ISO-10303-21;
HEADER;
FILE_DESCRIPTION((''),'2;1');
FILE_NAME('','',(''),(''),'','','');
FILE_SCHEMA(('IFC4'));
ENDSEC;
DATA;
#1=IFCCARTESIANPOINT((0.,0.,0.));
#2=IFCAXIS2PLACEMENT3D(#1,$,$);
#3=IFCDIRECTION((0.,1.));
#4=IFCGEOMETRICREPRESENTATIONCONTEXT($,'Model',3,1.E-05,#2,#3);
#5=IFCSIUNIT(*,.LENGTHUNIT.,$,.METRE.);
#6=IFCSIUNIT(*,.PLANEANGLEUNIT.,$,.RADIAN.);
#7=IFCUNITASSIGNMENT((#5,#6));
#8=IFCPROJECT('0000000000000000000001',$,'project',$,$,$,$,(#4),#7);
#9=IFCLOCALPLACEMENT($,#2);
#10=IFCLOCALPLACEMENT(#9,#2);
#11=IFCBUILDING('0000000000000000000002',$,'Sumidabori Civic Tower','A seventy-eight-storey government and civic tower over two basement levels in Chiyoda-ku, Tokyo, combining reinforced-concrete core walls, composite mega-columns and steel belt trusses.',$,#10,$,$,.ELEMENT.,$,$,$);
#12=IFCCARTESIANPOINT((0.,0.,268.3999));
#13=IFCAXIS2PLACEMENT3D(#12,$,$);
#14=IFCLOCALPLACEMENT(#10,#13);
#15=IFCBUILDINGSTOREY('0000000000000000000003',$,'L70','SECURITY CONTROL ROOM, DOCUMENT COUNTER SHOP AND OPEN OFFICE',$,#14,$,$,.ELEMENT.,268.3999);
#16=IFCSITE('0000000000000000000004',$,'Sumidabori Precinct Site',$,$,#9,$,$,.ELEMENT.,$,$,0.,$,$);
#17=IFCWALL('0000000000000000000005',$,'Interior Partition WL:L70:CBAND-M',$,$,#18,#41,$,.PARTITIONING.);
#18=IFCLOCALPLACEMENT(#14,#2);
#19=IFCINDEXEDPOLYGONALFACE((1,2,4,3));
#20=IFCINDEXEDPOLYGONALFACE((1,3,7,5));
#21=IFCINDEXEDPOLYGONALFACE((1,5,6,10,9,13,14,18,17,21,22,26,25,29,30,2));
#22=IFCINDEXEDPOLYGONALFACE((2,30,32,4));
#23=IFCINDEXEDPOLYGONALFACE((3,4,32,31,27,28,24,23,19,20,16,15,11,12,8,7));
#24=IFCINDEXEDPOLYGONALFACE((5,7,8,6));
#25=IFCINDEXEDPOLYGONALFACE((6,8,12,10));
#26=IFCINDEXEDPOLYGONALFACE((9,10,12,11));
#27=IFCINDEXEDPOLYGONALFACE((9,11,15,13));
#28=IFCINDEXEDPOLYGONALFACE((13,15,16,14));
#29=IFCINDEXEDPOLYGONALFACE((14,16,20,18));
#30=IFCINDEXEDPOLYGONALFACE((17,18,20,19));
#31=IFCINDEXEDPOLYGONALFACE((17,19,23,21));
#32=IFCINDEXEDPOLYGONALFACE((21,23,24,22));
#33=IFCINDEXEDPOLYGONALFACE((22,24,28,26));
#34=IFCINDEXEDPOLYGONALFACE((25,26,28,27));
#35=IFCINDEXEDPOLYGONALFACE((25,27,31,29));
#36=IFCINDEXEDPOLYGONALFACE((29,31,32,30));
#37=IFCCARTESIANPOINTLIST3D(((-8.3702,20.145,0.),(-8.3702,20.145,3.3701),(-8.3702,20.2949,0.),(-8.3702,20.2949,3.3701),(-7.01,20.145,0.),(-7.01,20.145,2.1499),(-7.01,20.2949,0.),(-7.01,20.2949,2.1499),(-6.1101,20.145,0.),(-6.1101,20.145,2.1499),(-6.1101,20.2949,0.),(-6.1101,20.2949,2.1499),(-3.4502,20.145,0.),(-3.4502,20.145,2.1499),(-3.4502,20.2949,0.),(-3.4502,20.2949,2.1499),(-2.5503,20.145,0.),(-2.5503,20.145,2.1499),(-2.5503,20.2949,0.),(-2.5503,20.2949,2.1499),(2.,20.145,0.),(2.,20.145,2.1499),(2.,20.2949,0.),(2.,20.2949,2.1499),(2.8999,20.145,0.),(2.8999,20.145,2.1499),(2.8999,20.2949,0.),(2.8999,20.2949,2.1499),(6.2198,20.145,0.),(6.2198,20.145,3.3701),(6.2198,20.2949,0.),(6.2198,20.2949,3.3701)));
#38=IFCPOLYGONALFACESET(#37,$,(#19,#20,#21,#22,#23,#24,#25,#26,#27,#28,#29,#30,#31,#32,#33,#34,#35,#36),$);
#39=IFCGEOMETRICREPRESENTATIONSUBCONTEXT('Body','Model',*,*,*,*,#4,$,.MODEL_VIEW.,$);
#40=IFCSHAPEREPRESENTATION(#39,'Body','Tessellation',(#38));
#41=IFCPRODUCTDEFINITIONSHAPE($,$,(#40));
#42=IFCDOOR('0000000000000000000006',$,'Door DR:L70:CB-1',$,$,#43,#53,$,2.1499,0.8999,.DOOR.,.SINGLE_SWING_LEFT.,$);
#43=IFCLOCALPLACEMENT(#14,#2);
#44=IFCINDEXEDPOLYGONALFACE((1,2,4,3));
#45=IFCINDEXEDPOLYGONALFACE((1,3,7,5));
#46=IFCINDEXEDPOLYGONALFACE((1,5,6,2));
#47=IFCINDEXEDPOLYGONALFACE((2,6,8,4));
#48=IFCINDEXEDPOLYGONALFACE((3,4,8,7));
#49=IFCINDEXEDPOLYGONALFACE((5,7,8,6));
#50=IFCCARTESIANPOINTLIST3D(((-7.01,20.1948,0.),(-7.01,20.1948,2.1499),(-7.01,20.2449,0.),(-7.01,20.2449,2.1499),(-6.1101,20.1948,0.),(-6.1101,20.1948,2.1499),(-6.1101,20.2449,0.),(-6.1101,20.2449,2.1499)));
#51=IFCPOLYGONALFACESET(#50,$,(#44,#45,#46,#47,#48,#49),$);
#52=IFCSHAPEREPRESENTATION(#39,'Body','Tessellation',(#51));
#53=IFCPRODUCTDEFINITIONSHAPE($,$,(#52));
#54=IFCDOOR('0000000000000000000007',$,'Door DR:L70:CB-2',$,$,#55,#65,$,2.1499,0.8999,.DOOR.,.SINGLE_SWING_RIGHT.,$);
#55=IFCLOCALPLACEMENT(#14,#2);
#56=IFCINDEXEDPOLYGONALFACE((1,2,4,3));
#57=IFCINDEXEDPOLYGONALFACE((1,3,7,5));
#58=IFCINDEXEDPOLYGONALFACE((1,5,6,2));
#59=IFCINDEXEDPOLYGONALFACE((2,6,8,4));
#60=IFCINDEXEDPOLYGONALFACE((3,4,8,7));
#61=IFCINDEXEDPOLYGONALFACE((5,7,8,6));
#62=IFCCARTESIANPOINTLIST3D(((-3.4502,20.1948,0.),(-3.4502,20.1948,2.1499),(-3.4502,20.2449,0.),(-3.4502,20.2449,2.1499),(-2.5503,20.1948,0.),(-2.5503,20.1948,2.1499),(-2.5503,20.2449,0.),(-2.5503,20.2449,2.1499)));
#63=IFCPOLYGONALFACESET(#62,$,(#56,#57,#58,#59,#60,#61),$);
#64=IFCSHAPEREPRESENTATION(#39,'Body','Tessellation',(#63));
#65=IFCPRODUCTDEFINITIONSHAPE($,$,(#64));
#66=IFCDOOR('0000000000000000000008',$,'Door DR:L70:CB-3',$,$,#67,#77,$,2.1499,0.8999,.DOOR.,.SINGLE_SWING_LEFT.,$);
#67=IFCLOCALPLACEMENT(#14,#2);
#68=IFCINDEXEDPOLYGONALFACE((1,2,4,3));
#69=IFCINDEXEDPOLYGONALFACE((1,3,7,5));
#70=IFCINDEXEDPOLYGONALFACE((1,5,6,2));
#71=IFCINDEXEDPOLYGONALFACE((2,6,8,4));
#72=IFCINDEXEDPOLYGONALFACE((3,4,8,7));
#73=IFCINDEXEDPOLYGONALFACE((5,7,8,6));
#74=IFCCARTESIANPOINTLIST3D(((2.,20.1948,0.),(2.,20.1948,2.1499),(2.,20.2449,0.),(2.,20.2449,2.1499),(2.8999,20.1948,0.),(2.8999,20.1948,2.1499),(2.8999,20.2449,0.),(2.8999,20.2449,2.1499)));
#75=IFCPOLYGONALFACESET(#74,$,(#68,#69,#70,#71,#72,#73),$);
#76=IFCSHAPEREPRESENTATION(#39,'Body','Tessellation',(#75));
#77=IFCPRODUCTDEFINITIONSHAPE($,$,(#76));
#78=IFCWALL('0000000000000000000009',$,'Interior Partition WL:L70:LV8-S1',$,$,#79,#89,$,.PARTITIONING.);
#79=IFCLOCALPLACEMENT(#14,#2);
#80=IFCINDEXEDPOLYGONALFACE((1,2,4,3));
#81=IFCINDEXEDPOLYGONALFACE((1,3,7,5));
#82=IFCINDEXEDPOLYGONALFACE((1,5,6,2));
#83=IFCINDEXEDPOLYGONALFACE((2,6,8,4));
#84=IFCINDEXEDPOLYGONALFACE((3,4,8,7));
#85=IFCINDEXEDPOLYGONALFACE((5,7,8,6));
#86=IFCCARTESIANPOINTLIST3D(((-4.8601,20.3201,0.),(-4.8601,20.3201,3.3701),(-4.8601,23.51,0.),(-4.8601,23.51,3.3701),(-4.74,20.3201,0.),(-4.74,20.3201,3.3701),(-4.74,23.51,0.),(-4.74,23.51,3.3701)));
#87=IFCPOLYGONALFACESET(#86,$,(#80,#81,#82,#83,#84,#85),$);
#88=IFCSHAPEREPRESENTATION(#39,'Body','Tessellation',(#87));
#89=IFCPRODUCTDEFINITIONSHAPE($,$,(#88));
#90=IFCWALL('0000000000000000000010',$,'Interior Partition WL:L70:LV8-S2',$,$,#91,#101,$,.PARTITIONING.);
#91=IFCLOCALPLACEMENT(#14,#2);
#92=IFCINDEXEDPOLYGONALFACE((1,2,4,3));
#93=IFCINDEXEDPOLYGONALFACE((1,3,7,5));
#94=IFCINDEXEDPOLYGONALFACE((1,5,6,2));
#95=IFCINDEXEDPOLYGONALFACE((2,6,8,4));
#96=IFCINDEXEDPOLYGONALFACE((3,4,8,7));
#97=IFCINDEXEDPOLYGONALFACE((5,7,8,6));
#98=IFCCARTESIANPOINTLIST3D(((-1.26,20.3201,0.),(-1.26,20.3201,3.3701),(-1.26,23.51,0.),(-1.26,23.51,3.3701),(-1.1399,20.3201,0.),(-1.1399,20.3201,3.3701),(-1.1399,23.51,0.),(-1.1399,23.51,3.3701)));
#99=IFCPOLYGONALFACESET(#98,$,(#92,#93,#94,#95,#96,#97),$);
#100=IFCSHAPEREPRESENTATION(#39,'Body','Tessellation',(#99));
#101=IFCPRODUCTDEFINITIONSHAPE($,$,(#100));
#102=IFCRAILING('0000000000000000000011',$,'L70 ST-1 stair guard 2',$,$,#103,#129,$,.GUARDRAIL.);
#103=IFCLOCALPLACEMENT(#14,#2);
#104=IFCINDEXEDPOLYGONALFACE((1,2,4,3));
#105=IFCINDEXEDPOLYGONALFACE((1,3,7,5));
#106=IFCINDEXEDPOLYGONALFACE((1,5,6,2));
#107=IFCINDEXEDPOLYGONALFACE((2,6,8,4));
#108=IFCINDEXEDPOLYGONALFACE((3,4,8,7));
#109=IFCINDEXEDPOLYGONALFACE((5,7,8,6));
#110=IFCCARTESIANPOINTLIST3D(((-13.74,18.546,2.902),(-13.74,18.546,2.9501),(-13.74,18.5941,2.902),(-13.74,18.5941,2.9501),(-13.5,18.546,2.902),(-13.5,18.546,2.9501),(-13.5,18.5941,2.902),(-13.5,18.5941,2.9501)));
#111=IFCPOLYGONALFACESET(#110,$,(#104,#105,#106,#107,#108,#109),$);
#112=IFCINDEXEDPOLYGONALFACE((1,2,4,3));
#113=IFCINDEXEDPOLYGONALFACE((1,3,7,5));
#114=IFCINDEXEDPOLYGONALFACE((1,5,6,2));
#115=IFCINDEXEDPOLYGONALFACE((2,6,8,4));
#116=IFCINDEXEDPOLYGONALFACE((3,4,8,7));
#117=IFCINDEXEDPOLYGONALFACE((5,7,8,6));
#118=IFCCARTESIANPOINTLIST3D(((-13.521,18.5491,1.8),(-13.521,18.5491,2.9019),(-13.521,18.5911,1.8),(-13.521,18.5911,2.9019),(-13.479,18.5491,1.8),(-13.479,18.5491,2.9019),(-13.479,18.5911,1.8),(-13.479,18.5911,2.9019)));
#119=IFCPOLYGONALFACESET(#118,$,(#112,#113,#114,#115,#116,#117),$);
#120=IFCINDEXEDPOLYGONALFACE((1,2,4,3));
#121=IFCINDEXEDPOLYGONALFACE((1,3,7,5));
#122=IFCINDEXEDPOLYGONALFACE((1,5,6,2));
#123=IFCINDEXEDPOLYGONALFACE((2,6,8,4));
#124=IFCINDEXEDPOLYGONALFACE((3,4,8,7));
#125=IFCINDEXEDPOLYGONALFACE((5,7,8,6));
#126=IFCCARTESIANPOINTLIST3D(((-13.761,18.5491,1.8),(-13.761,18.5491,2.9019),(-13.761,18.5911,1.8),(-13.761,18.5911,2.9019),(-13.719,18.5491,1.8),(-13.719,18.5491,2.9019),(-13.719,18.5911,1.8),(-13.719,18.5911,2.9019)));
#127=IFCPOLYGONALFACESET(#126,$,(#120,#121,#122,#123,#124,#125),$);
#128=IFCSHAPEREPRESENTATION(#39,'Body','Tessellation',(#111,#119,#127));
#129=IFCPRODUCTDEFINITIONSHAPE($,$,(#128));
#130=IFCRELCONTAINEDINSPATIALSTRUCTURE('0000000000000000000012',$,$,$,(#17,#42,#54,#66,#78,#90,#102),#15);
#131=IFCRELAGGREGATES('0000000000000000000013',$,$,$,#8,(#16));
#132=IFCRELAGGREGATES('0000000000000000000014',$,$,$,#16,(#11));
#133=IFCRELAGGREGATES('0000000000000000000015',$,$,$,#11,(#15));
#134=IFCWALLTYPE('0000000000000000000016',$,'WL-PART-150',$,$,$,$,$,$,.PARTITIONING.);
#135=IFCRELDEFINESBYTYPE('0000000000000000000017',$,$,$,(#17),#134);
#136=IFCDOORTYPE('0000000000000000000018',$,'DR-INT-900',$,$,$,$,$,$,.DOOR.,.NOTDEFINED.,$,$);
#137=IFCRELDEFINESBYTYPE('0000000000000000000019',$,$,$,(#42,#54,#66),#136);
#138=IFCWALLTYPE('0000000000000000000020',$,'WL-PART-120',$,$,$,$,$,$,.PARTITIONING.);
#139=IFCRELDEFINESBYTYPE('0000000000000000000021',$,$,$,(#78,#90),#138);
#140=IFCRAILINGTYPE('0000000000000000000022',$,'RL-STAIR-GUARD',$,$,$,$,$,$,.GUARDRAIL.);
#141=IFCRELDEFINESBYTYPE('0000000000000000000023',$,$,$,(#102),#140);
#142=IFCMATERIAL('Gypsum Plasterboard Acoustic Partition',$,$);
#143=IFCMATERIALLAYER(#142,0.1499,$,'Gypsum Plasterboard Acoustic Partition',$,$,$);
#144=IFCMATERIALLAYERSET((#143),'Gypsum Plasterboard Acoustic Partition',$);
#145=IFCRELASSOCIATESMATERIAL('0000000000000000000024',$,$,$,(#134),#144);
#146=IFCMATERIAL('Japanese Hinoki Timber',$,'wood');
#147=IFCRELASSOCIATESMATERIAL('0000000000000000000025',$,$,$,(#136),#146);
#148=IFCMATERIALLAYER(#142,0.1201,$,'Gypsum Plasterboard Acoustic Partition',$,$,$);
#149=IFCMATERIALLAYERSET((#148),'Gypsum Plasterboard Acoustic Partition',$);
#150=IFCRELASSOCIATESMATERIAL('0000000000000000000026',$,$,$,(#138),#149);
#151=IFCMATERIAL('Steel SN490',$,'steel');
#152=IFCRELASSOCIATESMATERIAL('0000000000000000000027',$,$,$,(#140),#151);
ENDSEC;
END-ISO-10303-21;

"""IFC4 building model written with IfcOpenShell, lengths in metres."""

from ifc_helpers import new_model, si_unit, direction, frame, frame_2d, origin, origin_2d, place, context, subcontext, project, spatial, rectangle, extrude, source, transform, mapped, material, layer, layer_set, type_object, element, fill, save


model = new_model("IFC4")

# Units and contexts
model_context = context("Model", 3, precision=1e-05, world=origin(), true_north=direction((0.0, 1.0)))
body_context = subcontext(model_context, "Body", "Model", "MODEL_VIEW")
ifc_project = project(units=[si_unit("LENGTHUNIT", "METRE"), si_unit("PLANEANGLEUNIT", "RADIAN")], contexts=[model_context])

# Site, building, storey
site_placement = place(None, origin())
site = spatial("IfcSite", under=ifc_project, at=site_placement, Name="Sumidabori Precinct Site", CompositionType="ELEMENT", RefElevation=0.0)
building_placement = place(site_placement, origin())
building = spatial("IfcBuilding", under=site, at=building_placement, Name="Sumidabori Civic Tower", Description="A seventy-eight-storey government and civic tower over two basement levels in Chiyoda-ku, Tokyo, combining reinforced-concrete core walls, composite mega-columns and steel belt trusses.", CompositionType="ELEMENT")
storey_placement = place(building_placement, frame((0.0, 0.0, 268.3999)))
storey = spatial("IfcBuildingStorey", under=building, at=storey_placement, Name="L70", Description="SECURITY CONTROL ROOM, DOCUMENT COUNTER SHOP AND OPEN OFFICE", CompositionType="ELEMENT", Elevation=268.3999)

# Shared definitions
ifc_material_1 = material(Name="Gypsum Plasterboard Acoustic Partition")
ifc_layer_1 = layer(ifc_material_1, 0.1499, Name="Gypsum Plasterboard Acoustic Partition")
ifc_layer_set_1 = layer_set([ifc_layer_1], Name="Gypsum Plasterboard Acoustic Partition")
wall_type_1 = type_object("IfcWallType", Name="WL-PART-150", PredefinedType="PARTITIONING", material=ifc_layer_set_1)

# Wall, openings, doors
shared_shape_1 = source(origin(), body_context, "Body", "SweptSolid", [
    extrude(rectangle(XDim=14.5901, YDim=0.1499, at=frame_2d((7.2949, 0.0))), origin(), (0.0, 0.0, 1.0), 3.3701),
])
wall_1_placement = place(storey_placement, frame((-8.3701, 20.22, 0.0), z_axis=(0.0, 0.0, 1.0), x_axis=(1.0, 0.0, 0.0)))
wall_1 = element("IfcWall", 1, at=wall_1_placement, inside=storey, type_object=wall_type_1, Name="Interior Partition WL:L70:CBAND-M", PredefinedType="PARTITIONING", context=body_context, shape_type="MappedRepresentation", body=[
    mapped(shared_shape_1, transform((0.0, 0.0, 0.0), x_axis=(1.0, 0.0, 0.0), y_axis=(0.0, 1.0, 0.0), z_axis=(0.0, 0.0, 1.0), scale=1.0)),
])
opening_1_placement = place(wall_1_placement, frame((1.3601, 0.0, 0.0)))
opening_1 = element("IfcOpeningElement", 2, at=opening_1_placement, cuts=wall_1, PredefinedType="OPENING", context=body_context, shape_type="SweptSolid", body=[
    extrude(rectangle(XDim=0.8999, YDim=2.1499, at=frame_2d((0.45, 1.075))), frame((0.0, 0.0869, 0.0), z_axis=(0.0, -1.0, 0.0), x_axis=(1.0, 0.0, 0.0)), (0.0, 0.0, 1.0), 0.1738),
])
opening_2_placement = place(wall_1_placement, frame((4.9199, 0.0, 0.0)))
opening_2 = element("IfcOpeningElement", 3, at=opening_2_placement, cuts=wall_1, PredefinedType="OPENING", context=body_context, shape_type="SweptSolid", body=[
    extrude(rectangle(XDim=0.8999, YDim=2.1499, at=frame_2d((0.45, 1.075))), frame((0.0, 0.0869, 0.0), z_axis=(0.0, -1.0, 0.0), x_axis=(1.0, 0.0, 0.0)), (0.0, 0.0, 1.0), 0.1738),
])
opening_3_placement = place(wall_1_placement, frame((10.3701, 0.0, 0.0)))
opening_3 = element("IfcOpeningElement", 4, at=opening_3_placement, cuts=wall_1, PredefinedType="OPENING", context=body_context, shape_type="SweptSolid", body=[
    extrude(rectangle(XDim=0.8999, YDim=2.1499, at=frame_2d((0.45, 1.075))), frame((0.0, 0.0869, 0.0), z_axis=(0.0, -1.0, 0.0), x_axis=(1.0, 0.0, 0.0)), (0.0, 0.0, 1.0), 0.1738),
])
ifc_material_2 = material(Name="Japanese Hinoki Timber", Category="wood")
door_type = type_object("IfcDoorType", Name="DR-INT-900", OperationType="NOTDEFINED", PredefinedType="DOOR", material=ifc_material_2)
shared_shape_2 = source(origin(), body_context, "Body", "SweptSolid", [
    extrude(rectangle(XDim=0.8999, YDim=2.1499, at=frame_2d((0.45, 1.075))), frame((0.0, 0.0249, 0.0), z_axis=(0.0, -1.0, 0.0), x_axis=(1.0, 0.0, 0.0)), (0.0, 0.0, 1.0), 0.05),
])
door_1_placement = place(opening_1_placement, origin())
door_1 = element("IfcDoor", 5, at=door_1_placement, inside=storey, type_object=door_type, Name="Door DR:L70:CB-1", OperationType="SINGLE_SWING_LEFT", OverallHeight=2.1499, OverallWidth=0.8999, PredefinedType="DOOR", context=body_context, shape_type="MappedRepresentation", body=[
    mapped(shared_shape_2, transform((0.0, 0.0, 0.0), x_axis=(1.0, 0.0, 0.0), y_axis=(0.0, 1.0, 0.0), z_axis=(0.0, 0.0, 1.0), scale=1.0)),
])
fill(opening_1, door_1)
door_2_placement = place(opening_2_placement, origin())
door_2 = element("IfcDoor", 6, at=door_2_placement, inside=storey, type_object=door_type, Name="Door DR:L70:CB-2", OperationType="SINGLE_SWING_RIGHT", OverallHeight=2.1499, OverallWidth=0.8999, PredefinedType="DOOR", context=body_context, shape_type="MappedRepresentation", body=[
    mapped(shared_shape_2, transform((0.0, 0.0, 0.0), x_axis=(1.0, 0.0, 0.0), y_axis=(0.0, 1.0, 0.0), z_axis=(0.0, 0.0, 1.0), scale=1.0)),
])
fill(opening_2, door_2)
door_3_placement = place(opening_3_placement, origin())
door_3 = element("IfcDoor", 7, at=door_3_placement, inside=storey, type_object=door_type, Name="Door DR:L70:CB-3", OperationType="SINGLE_SWING_LEFT", OverallHeight=2.1499, OverallWidth=0.8999, PredefinedType="DOOR", context=body_context, shape_type="MappedRepresentation", body=[
    mapped(shared_shape_2, transform((0.0, 0.0, 0.0), x_axis=(1.0, 0.0, 0.0), y_axis=(0.0, 1.0, 0.0), z_axis=(0.0, 0.0, 1.0), scale=1.0)),
])
fill(opening_3, door_3)

# Walls
ifc_layer_2 = layer(ifc_material_1, 0.1201, Name="Gypsum Plasterboard Acoustic Partition")
ifc_layer_set_2 = layer_set([ifc_layer_2], Name="Gypsum Plasterboard Acoustic Partition")
wall_type_2 = type_object("IfcWallType", Name="WL-PART-120", PredefinedType="PARTITIONING", material=ifc_layer_set_2)
shared_shape_3 = source(origin(), body_context, "Body", "SweptSolid", [
    extrude(rectangle(XDim=3.1899, YDim=0.1201, at=frame_2d((1.595, 0.0))), origin(), (0.0, 0.0, 1.0), 3.3701),
])
for number, where, z_axis, x_axis, name in (
    (8, (-4.8, 20.3201, 0.0), (0.0, 0.0, 1.0), (0.0, 1.0, 0.0), "Interior Partition WL:L70:LV8-S1"),
    (9, (-1.2, 20.3201, 0.0), (0.0, 0.0, 1.0), (0.0, 1.0, 0.0), "Interior Partition WL:L70:LV8-S2"),
):
    element("IfcWall", number, at=place(storey_placement, frame(where, z_axis=z_axis, x_axis=x_axis)), inside=storey, type_object=wall_type_2, Name=name, PredefinedType="PARTITIONING", context=body_context, shape_type="MappedRepresentation", body=[
        mapped(shared_shape_3, transform((0.0, 0.0, 0.0), x_axis=(1.0, 0.0, 0.0), y_axis=(0.0, 1.0, 0.0), z_axis=(0.0, 0.0, 1.0), scale=1.0)),
    ])

# Railing
ifc_material_3 = material(Name="Steel SN490", Category="steel")
railing_type = type_object("IfcRailingType", Name="RL-STAIR-GUARD", PredefinedType="GUARDRAIL", material=ifc_material_3)
railing_placement = place(storey_placement, frame((-13.5, 18.5701, 1.8)))
element("IfcRailing", 10, at=railing_placement, inside=storey, type_object=railing_type, Name="L70 ST-1 stair guard 2", PredefinedType="GUARDRAIL", context=body_context, shape_type="SweptSolid", body=[
    extrude(rectangle(XDim=0.0481, YDim=0.0481, at=origin_2d()), frame((0.0, 0.0, 1.126), z_axis=(-1.0, 0.0, 0.0), x_axis=(0.0, -1.0, 0.0)), (0.0, 0.0, 1.0), 0.24),
    extrude(rectangle(XDim=0.042, YDim=0.042, at=origin_2d()), origin(), (0.0, 0.0, 1.0), 1.1018),
    extrude(rectangle(XDim=0.042, YDim=0.042, at=origin_2d()), frame((-0.24, 0.0, 0.0)), (0.0, 0.0, 1.0), 1.1018),
])

save(model, "model.ifc")
